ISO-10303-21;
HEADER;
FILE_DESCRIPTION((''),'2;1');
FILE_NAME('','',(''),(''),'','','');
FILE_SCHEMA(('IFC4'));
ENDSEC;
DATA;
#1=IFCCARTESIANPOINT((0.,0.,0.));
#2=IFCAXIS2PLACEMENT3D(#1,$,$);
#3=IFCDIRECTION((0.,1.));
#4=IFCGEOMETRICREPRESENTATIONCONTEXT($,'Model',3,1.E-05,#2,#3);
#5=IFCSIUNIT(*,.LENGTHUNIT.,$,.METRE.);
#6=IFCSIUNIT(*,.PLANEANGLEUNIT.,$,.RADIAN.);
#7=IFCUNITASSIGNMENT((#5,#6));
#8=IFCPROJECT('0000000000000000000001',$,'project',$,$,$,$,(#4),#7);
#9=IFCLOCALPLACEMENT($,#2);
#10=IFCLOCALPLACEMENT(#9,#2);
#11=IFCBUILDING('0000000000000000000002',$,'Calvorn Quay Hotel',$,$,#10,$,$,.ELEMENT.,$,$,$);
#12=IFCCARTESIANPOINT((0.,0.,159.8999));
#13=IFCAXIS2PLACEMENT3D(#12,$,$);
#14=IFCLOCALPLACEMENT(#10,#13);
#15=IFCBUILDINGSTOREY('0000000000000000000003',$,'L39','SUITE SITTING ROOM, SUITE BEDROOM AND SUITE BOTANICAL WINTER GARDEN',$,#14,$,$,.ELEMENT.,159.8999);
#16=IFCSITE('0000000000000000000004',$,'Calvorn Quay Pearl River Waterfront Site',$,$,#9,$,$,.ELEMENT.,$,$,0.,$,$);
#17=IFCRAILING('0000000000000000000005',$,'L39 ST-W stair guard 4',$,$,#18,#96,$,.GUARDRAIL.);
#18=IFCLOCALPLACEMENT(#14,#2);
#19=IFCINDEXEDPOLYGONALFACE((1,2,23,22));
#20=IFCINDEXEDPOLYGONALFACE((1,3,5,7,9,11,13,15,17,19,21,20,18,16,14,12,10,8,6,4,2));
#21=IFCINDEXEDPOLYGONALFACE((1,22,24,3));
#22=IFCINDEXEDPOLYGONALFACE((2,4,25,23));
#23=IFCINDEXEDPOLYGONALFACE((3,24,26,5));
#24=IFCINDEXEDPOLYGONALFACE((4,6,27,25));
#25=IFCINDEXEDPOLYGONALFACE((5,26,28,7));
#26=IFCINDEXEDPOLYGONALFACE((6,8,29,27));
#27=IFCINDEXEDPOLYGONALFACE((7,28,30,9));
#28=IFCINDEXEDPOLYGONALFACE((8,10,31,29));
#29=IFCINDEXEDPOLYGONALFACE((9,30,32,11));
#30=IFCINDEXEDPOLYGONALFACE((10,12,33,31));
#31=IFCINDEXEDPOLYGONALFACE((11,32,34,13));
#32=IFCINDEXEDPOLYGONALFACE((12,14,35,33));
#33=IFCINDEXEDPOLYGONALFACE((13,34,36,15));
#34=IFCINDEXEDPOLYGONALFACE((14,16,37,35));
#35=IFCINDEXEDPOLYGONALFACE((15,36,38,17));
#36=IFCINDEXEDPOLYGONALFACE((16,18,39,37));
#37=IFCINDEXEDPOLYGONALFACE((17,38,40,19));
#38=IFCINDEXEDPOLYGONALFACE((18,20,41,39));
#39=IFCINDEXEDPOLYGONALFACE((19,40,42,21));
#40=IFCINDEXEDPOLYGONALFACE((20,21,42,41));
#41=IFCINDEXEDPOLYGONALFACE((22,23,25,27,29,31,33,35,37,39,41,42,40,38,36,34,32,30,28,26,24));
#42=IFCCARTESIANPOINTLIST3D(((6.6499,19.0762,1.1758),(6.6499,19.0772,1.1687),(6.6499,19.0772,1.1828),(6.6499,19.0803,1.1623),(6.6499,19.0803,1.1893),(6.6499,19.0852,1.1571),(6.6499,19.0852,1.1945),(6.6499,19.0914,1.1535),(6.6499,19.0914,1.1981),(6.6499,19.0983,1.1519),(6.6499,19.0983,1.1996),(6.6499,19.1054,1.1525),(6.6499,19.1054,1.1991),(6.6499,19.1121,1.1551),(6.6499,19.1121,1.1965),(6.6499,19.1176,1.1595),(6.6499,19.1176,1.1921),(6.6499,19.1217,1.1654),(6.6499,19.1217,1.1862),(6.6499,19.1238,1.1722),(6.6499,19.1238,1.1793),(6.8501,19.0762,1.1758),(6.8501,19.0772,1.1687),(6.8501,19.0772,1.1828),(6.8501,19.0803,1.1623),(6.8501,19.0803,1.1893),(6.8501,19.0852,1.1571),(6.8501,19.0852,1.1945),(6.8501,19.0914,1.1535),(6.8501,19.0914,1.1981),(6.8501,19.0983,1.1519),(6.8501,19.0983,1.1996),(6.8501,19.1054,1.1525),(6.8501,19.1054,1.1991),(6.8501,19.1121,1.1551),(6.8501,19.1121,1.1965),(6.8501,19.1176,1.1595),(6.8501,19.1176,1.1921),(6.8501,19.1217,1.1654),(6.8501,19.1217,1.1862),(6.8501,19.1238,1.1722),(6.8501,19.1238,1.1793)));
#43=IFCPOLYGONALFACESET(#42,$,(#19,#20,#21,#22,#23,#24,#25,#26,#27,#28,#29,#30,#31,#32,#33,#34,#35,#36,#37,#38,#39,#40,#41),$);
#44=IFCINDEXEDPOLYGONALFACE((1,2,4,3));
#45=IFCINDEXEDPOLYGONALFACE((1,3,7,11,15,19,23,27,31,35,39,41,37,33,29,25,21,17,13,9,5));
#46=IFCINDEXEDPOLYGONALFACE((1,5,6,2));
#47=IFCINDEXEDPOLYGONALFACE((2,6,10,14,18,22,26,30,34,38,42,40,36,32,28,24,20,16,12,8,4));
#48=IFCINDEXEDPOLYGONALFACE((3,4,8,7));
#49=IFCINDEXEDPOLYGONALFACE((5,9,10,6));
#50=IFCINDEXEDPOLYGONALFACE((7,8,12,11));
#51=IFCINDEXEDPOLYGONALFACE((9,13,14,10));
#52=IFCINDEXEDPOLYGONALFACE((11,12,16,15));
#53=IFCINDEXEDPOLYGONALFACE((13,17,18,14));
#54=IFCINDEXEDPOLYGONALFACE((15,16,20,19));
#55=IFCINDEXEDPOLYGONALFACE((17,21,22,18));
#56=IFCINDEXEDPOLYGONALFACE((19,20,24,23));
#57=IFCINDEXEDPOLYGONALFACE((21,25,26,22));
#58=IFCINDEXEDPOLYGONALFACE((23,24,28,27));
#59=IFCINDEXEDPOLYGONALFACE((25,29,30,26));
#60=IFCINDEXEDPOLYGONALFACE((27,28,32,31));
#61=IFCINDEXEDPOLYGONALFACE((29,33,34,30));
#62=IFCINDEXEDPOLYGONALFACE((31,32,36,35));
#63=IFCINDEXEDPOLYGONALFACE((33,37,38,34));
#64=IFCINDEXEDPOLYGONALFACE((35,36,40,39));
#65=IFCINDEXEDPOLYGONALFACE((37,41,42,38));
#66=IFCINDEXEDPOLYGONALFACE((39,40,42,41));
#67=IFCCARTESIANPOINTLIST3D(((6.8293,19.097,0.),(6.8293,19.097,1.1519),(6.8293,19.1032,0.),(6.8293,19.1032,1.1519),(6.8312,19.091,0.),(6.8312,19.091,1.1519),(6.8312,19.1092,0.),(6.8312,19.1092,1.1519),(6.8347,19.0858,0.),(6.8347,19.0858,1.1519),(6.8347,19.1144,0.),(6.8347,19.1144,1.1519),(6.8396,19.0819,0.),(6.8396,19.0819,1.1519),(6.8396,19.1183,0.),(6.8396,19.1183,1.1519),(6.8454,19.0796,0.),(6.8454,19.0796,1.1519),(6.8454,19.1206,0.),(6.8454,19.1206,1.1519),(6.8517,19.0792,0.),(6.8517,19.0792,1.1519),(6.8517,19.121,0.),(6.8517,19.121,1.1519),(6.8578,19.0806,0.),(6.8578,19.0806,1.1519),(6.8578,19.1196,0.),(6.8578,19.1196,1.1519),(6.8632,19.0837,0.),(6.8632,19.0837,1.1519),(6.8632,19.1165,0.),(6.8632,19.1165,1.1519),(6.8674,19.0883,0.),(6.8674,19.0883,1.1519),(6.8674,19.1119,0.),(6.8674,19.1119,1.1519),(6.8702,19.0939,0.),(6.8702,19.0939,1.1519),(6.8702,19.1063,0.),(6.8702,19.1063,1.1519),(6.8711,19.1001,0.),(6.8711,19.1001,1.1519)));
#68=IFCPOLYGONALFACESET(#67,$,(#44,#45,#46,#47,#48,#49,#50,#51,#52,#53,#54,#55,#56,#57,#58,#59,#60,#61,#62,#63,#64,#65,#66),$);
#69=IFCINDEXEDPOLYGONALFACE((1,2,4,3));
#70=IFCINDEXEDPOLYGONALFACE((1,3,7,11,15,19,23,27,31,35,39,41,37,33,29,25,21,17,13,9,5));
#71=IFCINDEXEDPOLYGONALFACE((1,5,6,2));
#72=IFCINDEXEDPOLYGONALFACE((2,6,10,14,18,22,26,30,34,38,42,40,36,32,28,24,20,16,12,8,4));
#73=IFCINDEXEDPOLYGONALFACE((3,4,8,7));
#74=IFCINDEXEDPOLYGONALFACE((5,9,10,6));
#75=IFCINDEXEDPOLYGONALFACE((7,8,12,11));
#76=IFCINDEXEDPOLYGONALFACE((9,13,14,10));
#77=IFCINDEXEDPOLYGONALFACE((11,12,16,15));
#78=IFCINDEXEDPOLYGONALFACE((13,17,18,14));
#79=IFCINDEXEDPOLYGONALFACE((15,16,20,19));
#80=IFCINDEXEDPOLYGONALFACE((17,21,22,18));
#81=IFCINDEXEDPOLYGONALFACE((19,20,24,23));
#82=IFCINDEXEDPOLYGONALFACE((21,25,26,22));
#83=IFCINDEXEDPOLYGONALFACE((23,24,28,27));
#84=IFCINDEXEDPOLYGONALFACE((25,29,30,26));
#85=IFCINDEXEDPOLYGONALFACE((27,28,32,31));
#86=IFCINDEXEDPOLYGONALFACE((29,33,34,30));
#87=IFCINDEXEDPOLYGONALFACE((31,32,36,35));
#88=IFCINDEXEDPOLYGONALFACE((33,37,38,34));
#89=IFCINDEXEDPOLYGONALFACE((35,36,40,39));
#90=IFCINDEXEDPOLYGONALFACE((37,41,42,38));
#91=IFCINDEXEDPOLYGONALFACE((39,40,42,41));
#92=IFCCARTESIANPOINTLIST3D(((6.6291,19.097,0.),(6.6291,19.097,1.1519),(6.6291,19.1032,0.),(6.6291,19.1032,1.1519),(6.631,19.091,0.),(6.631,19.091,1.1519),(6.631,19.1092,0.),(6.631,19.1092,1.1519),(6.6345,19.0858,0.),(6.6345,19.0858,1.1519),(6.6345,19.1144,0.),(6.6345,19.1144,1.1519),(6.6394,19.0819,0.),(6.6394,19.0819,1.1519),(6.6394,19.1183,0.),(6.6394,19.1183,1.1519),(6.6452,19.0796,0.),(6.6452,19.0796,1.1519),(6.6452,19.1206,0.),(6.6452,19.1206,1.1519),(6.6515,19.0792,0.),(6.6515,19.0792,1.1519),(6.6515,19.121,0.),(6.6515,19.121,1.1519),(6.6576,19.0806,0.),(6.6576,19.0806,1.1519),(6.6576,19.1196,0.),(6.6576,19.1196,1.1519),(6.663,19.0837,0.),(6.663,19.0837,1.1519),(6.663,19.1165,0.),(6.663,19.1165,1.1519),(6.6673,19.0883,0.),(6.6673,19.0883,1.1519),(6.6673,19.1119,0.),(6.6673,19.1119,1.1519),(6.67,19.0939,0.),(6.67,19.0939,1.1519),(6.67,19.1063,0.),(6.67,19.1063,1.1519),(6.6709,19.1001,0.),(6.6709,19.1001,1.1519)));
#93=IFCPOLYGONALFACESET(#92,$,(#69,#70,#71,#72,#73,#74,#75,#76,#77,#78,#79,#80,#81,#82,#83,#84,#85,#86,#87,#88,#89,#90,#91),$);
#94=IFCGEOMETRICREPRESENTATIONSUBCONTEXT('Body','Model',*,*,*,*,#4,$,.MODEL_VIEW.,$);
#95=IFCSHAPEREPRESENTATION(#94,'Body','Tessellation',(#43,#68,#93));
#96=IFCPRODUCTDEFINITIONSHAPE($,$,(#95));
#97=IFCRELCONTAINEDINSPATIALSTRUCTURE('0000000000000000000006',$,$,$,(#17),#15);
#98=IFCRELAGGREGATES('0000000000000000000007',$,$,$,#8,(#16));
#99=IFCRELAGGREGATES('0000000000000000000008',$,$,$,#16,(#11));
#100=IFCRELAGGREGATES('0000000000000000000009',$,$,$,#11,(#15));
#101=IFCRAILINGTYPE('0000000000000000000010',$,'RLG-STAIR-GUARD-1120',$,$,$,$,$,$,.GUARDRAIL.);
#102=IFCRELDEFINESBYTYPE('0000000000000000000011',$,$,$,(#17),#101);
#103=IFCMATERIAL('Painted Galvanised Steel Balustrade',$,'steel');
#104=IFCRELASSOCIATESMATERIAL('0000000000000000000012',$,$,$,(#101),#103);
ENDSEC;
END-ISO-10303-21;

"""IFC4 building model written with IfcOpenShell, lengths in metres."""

from ifc_helpers import new_model, si_unit, direction, frame, origin, origin_2d, place, context, subcontext, project, spatial, circle, extrude, material, type_object, element, save


model = new_model("IFC4")

# Units and contexts
model_context = context("Model", 3, precision=1e-05, world=origin(), true_north=direction((0.0, 1.0)))
body_context = subcontext(model_context, "Body", "Model", "MODEL_VIEW")
ifc_project = project(units=[si_unit("LENGTHUNIT", "METRE"), si_unit("PLANEANGLEUNIT", "RADIAN")], contexts=[model_context])

# Site, building, storey
site_placement = place(None, origin())
site = spatial("IfcSite", under=ifc_project, at=site_placement, Name="Calvorn Quay Pearl River Waterfront Site", CompositionType="ELEMENT", RefElevation=0.0)
building_placement = place(site_placement, origin())
building = spatial("IfcBuilding", under=site, at=building_placement, Name="Calvorn Quay Hotel", CompositionType="ELEMENT")
storey_placement = place(building_placement, frame((0.0, 0.0, 159.8999)))
storey = spatial("IfcBuildingStorey", under=building, at=storey_placement, Name="L39", Description="SUITE SITTING ROOM, SUITE BEDROOM AND SUITE BOTANICAL WINTER GARDEN", CompositionType="ELEMENT", Elevation=159.8999)

# Railing
ifc_material_1 = material(Name="Painted Galvanised Steel Balustrade", Category="steel")
railing_type_1 = type_object("IfcRailingType", Name="RLG-STAIR-GUARD-1120", PredefinedType="GUARDRAIL", material=ifc_material_1)
railing_1_placement = place(storey_placement, frame((6.8501, 19.1001, 0.0)))
element("IfcRailing", 1, at=railing_1_placement, inside=storey, type_object=railing_type_1, Name="L39 ST-W stair guard 4", PredefinedType="GUARDRAIL", context=body_context, shape_type="SweptSolid", body=[
    extrude(circle(Radius=0.0239, at=origin_2d()), frame((0.0, 0.0, 1.1758), z_axis=(-1.0, 0.0, 0.0), x_axis=(0.0, -1.0, 0.0)), (0.0, 0.0, 1.0), 0.2002),
    extrude(circle(Radius=0.021, at=origin_2d()), origin(), (0.0, 0.0, 1.0), 1.1519),
    extrude(circle(Radius=0.021, at=origin_2d()), frame((-0.2002, 0.0, 0.0)), (0.0, 0.0, 1.0), 1.1519),
])

save(model, "model.ifc")
